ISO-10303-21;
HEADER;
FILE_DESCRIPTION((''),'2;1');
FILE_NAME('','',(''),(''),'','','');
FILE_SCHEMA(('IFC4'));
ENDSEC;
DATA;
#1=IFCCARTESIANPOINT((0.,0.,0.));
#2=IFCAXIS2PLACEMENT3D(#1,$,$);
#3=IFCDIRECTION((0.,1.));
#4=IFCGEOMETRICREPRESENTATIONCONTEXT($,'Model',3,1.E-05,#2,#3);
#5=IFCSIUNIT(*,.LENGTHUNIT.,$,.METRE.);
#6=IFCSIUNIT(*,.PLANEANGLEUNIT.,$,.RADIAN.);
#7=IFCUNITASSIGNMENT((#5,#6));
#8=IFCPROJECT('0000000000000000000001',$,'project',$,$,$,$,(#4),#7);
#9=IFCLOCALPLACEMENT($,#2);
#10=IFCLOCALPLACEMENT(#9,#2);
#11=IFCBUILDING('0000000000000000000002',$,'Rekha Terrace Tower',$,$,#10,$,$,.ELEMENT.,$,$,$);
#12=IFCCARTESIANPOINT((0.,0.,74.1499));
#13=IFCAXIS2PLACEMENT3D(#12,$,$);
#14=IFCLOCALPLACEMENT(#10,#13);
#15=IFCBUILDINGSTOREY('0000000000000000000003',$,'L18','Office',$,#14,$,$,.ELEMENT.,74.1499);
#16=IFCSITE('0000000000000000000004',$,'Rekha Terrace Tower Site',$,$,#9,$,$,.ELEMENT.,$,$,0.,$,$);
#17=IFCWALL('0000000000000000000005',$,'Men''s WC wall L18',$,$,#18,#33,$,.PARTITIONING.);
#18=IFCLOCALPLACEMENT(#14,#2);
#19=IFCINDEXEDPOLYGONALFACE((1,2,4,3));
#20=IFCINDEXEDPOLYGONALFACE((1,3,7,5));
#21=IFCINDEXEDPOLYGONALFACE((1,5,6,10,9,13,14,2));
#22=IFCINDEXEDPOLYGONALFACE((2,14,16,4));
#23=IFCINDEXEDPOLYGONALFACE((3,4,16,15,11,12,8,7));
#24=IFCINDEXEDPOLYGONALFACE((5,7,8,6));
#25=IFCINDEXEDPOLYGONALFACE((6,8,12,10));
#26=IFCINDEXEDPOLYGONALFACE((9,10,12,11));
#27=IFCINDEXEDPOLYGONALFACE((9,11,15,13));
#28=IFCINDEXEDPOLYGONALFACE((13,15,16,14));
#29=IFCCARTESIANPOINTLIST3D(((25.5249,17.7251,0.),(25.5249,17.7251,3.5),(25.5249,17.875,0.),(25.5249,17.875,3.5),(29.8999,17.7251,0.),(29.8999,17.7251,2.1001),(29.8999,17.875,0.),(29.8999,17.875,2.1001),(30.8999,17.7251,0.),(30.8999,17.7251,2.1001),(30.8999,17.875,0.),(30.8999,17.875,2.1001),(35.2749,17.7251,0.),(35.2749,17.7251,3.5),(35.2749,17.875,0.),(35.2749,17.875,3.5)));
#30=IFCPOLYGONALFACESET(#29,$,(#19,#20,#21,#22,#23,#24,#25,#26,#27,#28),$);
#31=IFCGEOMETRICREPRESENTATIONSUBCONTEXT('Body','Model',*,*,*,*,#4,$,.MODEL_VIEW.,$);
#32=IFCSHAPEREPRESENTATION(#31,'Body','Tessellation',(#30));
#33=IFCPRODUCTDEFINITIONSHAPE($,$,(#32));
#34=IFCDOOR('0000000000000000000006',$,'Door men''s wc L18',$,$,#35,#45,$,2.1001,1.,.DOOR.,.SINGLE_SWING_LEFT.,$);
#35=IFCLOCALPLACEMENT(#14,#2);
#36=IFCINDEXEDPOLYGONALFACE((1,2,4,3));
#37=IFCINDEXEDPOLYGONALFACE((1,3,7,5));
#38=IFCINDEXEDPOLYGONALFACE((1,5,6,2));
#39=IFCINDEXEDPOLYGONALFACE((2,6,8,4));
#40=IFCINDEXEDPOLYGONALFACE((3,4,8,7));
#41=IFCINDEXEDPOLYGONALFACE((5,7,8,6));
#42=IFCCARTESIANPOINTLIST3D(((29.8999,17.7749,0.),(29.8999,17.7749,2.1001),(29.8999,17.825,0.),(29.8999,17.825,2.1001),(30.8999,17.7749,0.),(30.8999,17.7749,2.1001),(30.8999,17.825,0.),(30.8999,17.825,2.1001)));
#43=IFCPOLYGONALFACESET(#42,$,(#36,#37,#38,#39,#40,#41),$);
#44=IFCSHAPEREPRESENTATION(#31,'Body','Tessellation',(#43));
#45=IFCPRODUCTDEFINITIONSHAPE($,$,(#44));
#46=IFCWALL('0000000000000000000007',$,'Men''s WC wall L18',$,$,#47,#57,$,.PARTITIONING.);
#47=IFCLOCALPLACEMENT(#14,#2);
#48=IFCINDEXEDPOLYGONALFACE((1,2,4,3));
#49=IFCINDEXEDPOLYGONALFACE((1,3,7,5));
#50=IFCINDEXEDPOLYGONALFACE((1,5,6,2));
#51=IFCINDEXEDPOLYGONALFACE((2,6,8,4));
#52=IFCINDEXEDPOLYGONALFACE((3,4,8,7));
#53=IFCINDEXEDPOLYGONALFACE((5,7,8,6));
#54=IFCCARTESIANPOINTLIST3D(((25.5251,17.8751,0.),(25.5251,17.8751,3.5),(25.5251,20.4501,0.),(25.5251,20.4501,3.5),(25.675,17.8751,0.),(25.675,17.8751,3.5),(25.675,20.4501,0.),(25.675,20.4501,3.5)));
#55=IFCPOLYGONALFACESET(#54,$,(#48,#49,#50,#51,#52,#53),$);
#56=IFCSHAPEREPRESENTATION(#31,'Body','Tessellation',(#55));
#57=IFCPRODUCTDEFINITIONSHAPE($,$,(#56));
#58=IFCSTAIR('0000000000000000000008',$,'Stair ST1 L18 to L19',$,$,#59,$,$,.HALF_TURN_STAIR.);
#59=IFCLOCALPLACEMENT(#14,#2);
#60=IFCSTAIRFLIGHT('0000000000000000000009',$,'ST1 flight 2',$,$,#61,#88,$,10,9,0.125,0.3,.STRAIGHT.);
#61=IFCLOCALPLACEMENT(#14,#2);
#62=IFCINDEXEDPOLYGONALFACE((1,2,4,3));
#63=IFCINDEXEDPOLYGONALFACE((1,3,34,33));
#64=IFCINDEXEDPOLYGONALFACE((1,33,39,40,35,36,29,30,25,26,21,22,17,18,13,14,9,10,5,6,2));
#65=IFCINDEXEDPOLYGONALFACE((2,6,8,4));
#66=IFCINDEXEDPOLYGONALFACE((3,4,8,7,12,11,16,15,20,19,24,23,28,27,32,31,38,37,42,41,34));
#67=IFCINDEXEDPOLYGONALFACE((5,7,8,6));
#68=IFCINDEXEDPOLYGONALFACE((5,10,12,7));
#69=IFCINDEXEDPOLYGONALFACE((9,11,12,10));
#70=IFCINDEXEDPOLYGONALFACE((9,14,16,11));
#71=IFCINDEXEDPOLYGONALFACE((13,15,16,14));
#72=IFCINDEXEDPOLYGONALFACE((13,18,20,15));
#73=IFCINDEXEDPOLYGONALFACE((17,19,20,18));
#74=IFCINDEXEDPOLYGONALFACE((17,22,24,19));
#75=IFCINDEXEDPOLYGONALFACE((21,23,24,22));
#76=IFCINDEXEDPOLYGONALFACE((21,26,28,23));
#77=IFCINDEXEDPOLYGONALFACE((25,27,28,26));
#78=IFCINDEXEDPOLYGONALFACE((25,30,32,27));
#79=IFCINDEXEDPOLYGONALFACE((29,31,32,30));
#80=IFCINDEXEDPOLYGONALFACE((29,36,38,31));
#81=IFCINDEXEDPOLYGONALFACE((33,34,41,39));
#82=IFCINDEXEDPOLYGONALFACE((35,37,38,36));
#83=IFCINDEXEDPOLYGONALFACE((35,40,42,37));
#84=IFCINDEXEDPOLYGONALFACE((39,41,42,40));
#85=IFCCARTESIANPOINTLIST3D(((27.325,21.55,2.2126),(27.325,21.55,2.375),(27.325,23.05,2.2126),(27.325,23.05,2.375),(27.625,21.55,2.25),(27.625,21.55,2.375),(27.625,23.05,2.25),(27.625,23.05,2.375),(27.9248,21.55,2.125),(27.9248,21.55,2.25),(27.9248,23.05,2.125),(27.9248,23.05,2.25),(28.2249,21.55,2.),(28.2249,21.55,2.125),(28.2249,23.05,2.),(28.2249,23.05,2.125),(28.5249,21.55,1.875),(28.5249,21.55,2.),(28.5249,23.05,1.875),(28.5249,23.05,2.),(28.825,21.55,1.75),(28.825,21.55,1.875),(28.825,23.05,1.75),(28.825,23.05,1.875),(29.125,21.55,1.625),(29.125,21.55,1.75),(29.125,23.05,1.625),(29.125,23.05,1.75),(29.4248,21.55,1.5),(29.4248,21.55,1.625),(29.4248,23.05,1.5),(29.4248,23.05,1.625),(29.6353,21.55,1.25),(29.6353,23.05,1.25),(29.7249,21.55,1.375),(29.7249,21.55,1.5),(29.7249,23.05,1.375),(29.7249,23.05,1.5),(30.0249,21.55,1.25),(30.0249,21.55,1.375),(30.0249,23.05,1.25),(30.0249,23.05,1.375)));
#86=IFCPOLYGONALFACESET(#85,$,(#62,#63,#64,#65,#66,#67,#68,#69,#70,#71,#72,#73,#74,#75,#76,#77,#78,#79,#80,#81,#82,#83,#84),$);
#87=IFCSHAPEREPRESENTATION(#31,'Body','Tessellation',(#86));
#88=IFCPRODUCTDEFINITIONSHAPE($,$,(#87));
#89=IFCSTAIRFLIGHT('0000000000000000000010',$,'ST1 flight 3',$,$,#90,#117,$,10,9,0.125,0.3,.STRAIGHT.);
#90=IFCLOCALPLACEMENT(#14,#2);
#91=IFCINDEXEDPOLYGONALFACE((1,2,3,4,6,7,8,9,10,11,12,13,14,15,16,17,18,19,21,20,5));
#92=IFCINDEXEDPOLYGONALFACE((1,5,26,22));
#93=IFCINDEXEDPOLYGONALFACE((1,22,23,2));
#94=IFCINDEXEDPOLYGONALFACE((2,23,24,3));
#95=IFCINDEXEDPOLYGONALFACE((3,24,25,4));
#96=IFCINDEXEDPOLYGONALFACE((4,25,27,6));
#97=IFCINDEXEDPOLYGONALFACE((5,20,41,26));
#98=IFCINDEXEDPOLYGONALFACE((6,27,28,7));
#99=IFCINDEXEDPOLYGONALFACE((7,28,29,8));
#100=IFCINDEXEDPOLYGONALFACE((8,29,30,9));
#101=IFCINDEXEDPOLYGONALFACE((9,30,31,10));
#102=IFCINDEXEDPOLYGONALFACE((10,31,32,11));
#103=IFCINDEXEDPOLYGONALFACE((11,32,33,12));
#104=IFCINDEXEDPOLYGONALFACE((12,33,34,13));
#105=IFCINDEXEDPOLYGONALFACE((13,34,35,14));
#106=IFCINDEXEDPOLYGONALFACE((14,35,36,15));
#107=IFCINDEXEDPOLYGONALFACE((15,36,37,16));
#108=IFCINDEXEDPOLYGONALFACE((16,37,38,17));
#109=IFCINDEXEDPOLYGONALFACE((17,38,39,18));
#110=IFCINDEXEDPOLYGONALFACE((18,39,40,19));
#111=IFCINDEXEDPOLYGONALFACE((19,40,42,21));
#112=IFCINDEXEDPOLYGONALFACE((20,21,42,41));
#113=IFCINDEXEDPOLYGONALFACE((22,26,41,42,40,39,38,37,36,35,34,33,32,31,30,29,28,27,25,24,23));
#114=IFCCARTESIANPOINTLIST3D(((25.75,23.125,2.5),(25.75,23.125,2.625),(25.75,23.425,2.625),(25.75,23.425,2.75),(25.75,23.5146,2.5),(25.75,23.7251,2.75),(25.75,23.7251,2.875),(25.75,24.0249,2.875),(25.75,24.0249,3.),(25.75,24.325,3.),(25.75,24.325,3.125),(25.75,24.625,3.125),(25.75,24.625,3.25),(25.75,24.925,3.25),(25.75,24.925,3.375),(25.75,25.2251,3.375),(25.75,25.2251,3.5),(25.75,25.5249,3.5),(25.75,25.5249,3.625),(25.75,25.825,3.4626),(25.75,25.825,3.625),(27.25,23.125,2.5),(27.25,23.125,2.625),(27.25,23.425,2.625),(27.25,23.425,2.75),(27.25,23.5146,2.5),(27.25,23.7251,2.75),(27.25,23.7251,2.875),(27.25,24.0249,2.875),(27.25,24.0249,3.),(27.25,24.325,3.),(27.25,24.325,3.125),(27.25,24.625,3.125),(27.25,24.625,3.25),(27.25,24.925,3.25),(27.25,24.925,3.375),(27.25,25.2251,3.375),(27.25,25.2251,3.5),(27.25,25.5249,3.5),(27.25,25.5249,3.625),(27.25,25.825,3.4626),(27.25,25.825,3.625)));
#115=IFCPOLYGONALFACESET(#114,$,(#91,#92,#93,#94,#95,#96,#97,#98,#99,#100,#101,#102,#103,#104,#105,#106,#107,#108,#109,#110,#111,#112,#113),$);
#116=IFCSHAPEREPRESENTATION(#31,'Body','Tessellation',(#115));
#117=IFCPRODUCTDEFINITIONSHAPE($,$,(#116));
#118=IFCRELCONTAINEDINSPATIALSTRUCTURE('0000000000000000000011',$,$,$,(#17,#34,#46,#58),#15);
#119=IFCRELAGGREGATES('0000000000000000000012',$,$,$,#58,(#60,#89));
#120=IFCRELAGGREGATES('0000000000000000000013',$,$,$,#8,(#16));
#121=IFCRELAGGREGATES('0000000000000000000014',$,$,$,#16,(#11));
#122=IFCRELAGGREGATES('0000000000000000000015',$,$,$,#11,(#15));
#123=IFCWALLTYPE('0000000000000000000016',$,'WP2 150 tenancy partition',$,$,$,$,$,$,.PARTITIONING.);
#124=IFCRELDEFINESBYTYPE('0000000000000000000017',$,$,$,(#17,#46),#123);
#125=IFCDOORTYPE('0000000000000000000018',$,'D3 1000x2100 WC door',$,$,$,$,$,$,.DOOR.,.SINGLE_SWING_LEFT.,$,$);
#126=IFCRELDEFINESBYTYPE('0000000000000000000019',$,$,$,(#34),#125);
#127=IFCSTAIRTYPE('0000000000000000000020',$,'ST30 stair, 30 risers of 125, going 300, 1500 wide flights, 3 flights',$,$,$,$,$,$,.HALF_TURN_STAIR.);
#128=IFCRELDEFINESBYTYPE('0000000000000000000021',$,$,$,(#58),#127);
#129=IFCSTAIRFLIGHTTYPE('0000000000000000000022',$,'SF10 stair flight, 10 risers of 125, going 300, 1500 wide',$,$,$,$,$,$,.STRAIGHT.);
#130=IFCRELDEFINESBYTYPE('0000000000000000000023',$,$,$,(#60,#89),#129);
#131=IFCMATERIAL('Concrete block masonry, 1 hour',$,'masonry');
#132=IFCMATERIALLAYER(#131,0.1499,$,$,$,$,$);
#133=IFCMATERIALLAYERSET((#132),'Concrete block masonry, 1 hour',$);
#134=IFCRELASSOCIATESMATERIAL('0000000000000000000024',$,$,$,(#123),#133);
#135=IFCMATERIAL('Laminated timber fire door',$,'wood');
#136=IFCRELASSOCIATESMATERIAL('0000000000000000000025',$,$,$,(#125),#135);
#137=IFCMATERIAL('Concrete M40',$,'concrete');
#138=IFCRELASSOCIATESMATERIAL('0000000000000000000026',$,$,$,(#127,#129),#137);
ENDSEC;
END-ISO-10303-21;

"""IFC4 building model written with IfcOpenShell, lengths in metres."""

from ifc_helpers import new_model, si_unit, direction, frame, frame_2d, origin, place, context, subcontext, project, spatial, polyline, rectangle, outline, extrude, material, layer, layer_set, type_object, element, fill, aggregate, save


model = new_model("IFC4")

# Units and contexts
model_context = context("Model", 3, precision=1e-05, world=origin(), true_north=direction((0.0, 1.0)))
body_context = subcontext(model_context, "Body", "Model", "MODEL_VIEW")
ifc_project = project(units=[si_unit("LENGTHUNIT", "METRE"), si_unit("PLANEANGLEUNIT", "RADIAN")], contexts=[model_context])

# Site, building, storey
site_placement = place(None, origin())
site = spatial("IfcSite", under=ifc_project, at=site_placement, Name="Rekha Terrace Tower Site", CompositionType="ELEMENT", RefElevation=0.0)
building_placement = place(site_placement, origin())
building = spatial("IfcBuilding", under=site, at=building_placement, Name="Rekha Terrace Tower", CompositionType="ELEMENT")
storey_placement = place(building_placement, frame((0.0, 0.0, 74.1499)))
storey = spatial("IfcBuildingStorey", under=building, at=storey_placement, Name="L18", Description="Office", CompositionType="ELEMENT", Elevation=74.1499)

# Wall, opening, door
ifc_material_1 = material(Name="Concrete block masonry, 1 hour", Category="masonry")
ifc_layer_1 = layer(ifc_material_1, 0.1499)
ifc_layer_set_1 = layer_set([ifc_layer_1], Name="Concrete block masonry, 1 hour")
wall_type_1 = type_object("IfcWallType", Name="WP2 150 tenancy partition", PredefinedType="PARTITIONING", material=ifc_layer_set_1)
wall_1_placement = place(storey_placement, frame((25.5249, 17.8, 0.0), z_axis=(0.0, 0.0, 1.0), x_axis=(1.0, 0.0, 0.0)))
wall_1 = element("IfcWall", 1, at=wall_1_placement, inside=storey, type_object=wall_type_1, Name="Men's WC wall L18", PredefinedType="PARTITIONING", context=body_context, shape_type="SweptSolid", body=[
    extrude(rectangle(XDim=9.75, YDim=0.1499, at=frame_2d((4.875, 0.0))), origin(), (0.0, 0.0, 1.0), 3.5),
])
opening_1_placement = place(wall_1_placement, frame((4.375, 0.0, 0.0)))
opening_1 = element("IfcOpeningElement", 2, at=opening_1_placement, cuts=wall_1, PredefinedType="OPENING", context=body_context, shape_type="SweptSolid", body=[
    extrude(rectangle(XDim=1.0, YDim=2.1001, at=frame_2d((0.5, 1.05))), frame((0.0, 0.085, 0.0), z_axis=(0.0, -1.0, 0.0), x_axis=(1.0, 0.0, 0.0)), (0.0, 0.0, 1.0), 0.1699),
])
ifc_material_2 = material(Name="Laminated timber fire door", Category="wood")
door_type_1 = type_object("IfcDoorType", Name="D3 1000x2100 WC door", OperationType="SINGLE_SWING_LEFT", PredefinedType="DOOR", material=ifc_material_2)
door_1_placement = place(opening_1_placement, origin())
door_1 = element("IfcDoor", 3, at=door_1_placement, inside=storey, type_object=door_type_1, Name="Door men's wc L18", OperationType="SINGLE_SWING_LEFT", OverallHeight=2.1001, OverallWidth=1.0, PredefinedType="DOOR", context=body_context, shape_type="SweptSolid", body=[
    extrude(rectangle(XDim=1.0, YDim=2.1001, at=frame_2d((0.5, 1.05))), frame((0.0, 0.0249, 0.0), z_axis=(0.0, -1.0, 0.0), x_axis=(1.0, 0.0, 0.0)), (0.0, 0.0, 1.0), 0.05),
])
fill(opening_1, door_1)

# Wall
wall_2_placement = place(storey_placement, frame((25.6001, 17.875, 0.0), z_axis=(0.0, 0.0, 1.0), x_axis=(0.0, 1.0, 0.0)))
element("IfcWall", 4, at=wall_2_placement, inside=storey, type_object=wall_type_1, Name="Men's WC wall L18", PredefinedType="PARTITIONING", context=body_context, shape_type="SweptSolid", body=[
    extrude(rectangle(XDim=2.575, YDim=0.1499, at=frame_2d((1.2876, 0.0))), origin(), (0.0, 0.0, 1.0), 3.5),
])

# Stair, stair flights
ifc_material_3 = material(Name="Concrete M40", Category="concrete")
stair_type = type_object("IfcStairType", Name="ST30 stair, 30 risers of 125, going 300, 1500 wide flights, 3 flights", PredefinedType="HALF_TURN_STAIR", material=ifc_material_3)
stair_placement = place(storey_placement, origin())
stair = element("IfcStair", 5, at=stair_placement, inside=storey, type_object=stair_type, Name="Stair ST1 L18 to L19", PredefinedType="HALF_TURN_STAIR")
stair_flight_type = type_object("IfcStairFlightType", Name="SF10 stair flight, 10 risers of 125, going 300, 1500 wide", PredefinedType="STRAIGHT", material=ifc_material_3)
stair_flight_1_placement = place(storey_placement, frame((30.0249, 22.3, 1.25), z_axis=(0.0, 0.0, 1.0), x_axis=(-1.0, 0.0, 0.0)))
stair_flight_1 = element("IfcStairFlight", 6, at=stair_flight_1_placement, type_object=stair_flight_type, Name="ST1 flight 2", NumberOfRisers=10, NumberOfTreads=9, PredefinedType="STRAIGHT", RiserHeight=0.125, TreadLength=0.3, context=body_context, shape_type="SweptSolid", body=[
    extrude(outline(polyline([(0.0, 0.0), (0.0, 0.125), (0.3, 0.125), (0.3, 0.25), (0.6001, 0.25), (0.6001, 0.375), (0.8999, 0.375), (0.8999, 0.5), (1.2, 0.5), (1.2, 0.625), (1.5, 0.625), (1.5, 0.75), (1.8, 0.75), (1.8, 0.875), (2.1001, 0.875), (2.1001, 1.0), (2.3999, 1.0), (2.3999, 1.125), (2.7, 1.125), (2.7, 1.25), (2.7, 0.9626), (0.3896, 0.0), (0.0, 0.0)])), frame((0.0, 0.75, 0.0), z_axis=(0.0, -1.0, 0.0), x_axis=(1.0, 0.0, 0.0)), (0.0, 0.0, 1.0), 1.5),
])
stair_flight_2_placement = place(storey_placement, frame((26.5, 23.125, 2.5), z_axis=(0.0, 0.0, 1.0), x_axis=(0.0, 1.0, 0.0)))
stair_flight_2 = element("IfcStairFlight", 7, at=stair_flight_2_placement, type_object=stair_flight_type, Name="ST1 flight 3", NumberOfRisers=10, NumberOfTreads=9, PredefinedType="STRAIGHT", RiserHeight=0.125, TreadLength=0.3, context=body_context, shape_type="SweptSolid", body=[
    extrude(outline(polyline([(0.0, 0.0), (0.0, 0.125), (0.3, 0.125), (0.3, 0.25), (0.6001, 0.25), (0.6001, 0.375), (0.8999, 0.375), (0.8999, 0.5), (1.2, 0.5), (1.2, 0.625), (1.5, 0.625), (1.5, 0.75), (1.8, 0.75), (1.8, 0.875), (2.1001, 0.875), (2.1001, 1.0), (2.3999, 1.0), (2.3999, 1.125), (2.7, 1.125), (2.7, 1.25), (2.7, 0.9626), (0.3896, 0.0), (0.0, 0.0)])), frame((0.0, 0.75, 0.0), z_axis=(0.0, -1.0, 0.0), x_axis=(1.0, 0.0, 0.0)), (0.0, 0.0, 1.0), 1.5),
])
aggregate(stair, [stair_flight_1, stair_flight_2])

save(model, "model.ifc")
